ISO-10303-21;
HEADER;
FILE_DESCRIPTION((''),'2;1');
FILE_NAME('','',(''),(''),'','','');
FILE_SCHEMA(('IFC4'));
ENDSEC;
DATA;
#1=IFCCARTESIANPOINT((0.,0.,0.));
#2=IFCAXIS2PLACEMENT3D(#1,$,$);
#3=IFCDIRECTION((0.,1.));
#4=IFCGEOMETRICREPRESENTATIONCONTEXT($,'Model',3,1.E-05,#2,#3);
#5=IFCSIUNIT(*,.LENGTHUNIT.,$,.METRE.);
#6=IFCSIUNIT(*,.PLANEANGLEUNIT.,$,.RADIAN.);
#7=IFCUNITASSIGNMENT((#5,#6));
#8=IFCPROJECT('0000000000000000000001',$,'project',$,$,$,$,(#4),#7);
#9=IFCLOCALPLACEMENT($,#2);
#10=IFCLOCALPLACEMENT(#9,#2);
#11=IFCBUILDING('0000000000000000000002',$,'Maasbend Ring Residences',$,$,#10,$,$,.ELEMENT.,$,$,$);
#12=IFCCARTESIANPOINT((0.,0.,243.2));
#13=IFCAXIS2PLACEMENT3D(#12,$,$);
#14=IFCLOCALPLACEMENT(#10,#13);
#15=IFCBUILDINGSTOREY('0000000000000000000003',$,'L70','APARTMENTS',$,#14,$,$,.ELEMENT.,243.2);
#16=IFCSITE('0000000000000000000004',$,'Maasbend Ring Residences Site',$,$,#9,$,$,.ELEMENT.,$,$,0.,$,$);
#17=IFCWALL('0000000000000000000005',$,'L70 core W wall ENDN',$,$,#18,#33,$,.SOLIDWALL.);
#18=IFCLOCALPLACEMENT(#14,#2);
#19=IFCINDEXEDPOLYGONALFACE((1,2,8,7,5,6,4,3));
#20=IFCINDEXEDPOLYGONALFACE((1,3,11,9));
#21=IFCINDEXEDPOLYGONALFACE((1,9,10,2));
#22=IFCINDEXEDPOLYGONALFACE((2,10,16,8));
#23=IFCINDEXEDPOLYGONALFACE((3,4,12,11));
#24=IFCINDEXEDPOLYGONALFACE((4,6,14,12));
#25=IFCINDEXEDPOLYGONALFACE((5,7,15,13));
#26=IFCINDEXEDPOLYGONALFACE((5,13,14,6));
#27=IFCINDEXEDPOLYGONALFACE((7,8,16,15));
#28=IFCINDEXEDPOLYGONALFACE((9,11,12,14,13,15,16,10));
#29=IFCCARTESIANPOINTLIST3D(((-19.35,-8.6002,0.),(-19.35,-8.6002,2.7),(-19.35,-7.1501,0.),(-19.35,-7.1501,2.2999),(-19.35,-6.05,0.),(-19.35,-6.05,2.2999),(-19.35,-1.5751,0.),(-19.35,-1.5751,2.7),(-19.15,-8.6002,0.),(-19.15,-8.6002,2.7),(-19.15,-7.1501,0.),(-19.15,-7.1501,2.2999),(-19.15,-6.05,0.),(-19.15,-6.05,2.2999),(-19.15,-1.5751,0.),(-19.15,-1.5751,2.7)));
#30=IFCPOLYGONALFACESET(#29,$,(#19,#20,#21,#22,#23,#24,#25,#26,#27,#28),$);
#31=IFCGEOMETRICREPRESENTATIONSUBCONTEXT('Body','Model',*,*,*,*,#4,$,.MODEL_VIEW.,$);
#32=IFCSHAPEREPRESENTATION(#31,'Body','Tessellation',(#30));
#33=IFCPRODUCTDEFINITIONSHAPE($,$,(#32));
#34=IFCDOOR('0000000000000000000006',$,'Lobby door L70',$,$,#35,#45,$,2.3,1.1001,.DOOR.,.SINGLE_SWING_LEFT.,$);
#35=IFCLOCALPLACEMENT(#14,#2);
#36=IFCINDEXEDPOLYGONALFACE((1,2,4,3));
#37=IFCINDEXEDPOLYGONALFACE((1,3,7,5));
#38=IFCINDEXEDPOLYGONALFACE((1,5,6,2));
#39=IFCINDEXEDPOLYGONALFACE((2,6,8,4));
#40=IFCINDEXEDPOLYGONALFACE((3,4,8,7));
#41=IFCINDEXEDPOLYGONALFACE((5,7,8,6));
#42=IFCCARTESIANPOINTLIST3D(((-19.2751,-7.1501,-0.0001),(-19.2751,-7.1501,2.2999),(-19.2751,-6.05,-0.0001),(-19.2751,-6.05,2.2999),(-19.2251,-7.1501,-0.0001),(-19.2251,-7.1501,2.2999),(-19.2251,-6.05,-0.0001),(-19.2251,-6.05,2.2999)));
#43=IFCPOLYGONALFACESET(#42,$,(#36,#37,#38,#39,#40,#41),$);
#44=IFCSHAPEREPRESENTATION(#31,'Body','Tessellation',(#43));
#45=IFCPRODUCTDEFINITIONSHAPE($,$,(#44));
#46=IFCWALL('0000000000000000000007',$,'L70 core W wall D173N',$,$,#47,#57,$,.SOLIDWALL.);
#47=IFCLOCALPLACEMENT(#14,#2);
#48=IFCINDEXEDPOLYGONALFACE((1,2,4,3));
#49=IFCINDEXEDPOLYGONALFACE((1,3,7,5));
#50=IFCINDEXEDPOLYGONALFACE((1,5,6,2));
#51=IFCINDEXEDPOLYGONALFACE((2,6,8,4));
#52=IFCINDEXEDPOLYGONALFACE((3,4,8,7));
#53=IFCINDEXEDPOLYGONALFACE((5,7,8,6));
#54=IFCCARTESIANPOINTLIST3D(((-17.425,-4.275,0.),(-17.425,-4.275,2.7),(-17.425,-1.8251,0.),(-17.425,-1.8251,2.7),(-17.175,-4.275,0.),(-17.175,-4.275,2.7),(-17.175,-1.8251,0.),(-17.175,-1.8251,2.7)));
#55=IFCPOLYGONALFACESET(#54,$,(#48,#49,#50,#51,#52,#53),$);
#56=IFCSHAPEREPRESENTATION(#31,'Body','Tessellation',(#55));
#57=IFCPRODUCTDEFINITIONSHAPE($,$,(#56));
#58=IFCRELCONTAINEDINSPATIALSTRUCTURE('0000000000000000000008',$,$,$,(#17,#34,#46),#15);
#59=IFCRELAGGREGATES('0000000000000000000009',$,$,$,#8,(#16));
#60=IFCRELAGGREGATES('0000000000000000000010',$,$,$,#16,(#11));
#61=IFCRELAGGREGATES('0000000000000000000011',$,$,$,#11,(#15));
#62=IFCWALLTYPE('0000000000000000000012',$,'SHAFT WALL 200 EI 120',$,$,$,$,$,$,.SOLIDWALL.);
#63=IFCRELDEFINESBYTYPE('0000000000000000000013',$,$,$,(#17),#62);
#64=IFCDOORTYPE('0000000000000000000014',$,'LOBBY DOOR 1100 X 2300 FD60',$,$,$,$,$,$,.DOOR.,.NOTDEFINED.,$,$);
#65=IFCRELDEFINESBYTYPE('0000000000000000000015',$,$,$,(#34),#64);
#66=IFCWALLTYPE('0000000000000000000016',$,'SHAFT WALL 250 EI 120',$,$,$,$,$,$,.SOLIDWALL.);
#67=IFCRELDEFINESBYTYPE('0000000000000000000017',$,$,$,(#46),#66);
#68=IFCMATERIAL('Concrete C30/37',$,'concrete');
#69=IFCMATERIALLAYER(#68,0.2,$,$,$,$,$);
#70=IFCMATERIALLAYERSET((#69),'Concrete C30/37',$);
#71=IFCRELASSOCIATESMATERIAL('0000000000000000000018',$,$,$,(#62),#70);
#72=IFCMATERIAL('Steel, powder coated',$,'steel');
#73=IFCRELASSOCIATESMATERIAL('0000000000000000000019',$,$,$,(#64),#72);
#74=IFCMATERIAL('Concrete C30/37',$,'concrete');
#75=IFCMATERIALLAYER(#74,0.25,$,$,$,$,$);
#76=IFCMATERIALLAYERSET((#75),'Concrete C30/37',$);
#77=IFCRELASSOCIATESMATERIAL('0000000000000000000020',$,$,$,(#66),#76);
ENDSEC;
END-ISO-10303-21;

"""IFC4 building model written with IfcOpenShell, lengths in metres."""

from ifc_helpers import new_model, si_unit, direction, frame, frame_2d, origin, place, context, subcontext, project, spatial, rectangle, extrude, material, layer, layer_set, type_object, element, fill, save


model = new_model("IFC4")

# Units and contexts
model_context = context("Model", 3, precision=1e-05, world=origin(), true_north=direction((0.0, 1.0)))
body_context = subcontext(model_context, "Body", "Model", "MODEL_VIEW")
ifc_project = project(units=[si_unit("LENGTHUNIT", "METRE"), si_unit("PLANEANGLEUNIT", "RADIAN")], contexts=[model_context])

# Site, building, storey
site_placement = place(None, origin())
site = spatial("IfcSite", under=ifc_project, at=site_placement, Name="Maasbend Ring Residences Site", CompositionType="ELEMENT", RefElevation=0.0)
building_placement = place(site_placement, origin())
building = spatial("IfcBuilding", under=site, at=building_placement, Name="Maasbend Ring Residences", CompositionType="ELEMENT")
storey_placement = place(building_placement, frame((0.0, 0.0, 243.2)))
storey = spatial("IfcBuildingStorey", under=building, at=storey_placement, Name="L70", Description="APARTMENTS", CompositionType="ELEMENT", Elevation=243.2)

# Wall, opening, door
ifc_material_1 = material(Name="Concrete C30/37", Category="concrete")
ifc_layer_1 = layer(ifc_material_1, 0.2)
ifc_layer_set_1 = layer_set([ifc_layer_1], Name="Concrete C30/37")
wall_type_1 = type_object("IfcWallType", Name="SHAFT WALL 200 EI 120", PredefinedType="SOLIDWALL", material=ifc_layer_set_1)
wall_1_placement = place(storey_placement, frame((-19.25, -1.575, 0.0), z_axis=(0.0, 0.0, 1.0), x_axis=(0.0, -1.0, 0.0)))
wall_1 = element("IfcWall", 1, at=wall_1_placement, inside=storey, type_object=wall_type_1, Name="L70 core W wall ENDN", PredefinedType="SOLIDWALL", context=body_context, shape_type="SweptSolid", body=[
    extrude(rectangle(XDim=7.0251, YDim=0.2, at=frame_2d((3.5127, 0.0))), origin(), (0.0, 0.0, 1.0), 2.7),
])
opening_1_placement = place(wall_1_placement, frame((4.4751, 0.0, 0.0)))
opening_1 = element("IfcOpeningElement", 2, at=opening_1_placement, cuts=wall_1, PredefinedType="OPENING", context=body_context, shape_type="SweptSolid", body=[
    extrude(rectangle(XDim=1.1001, YDim=2.3, at=frame_2d((0.55, 1.1499))), frame((0.0, 0.1099, 0.0), z_axis=(0.0, -1.0, 0.0), x_axis=(1.0, 0.0, 0.0)), (0.0, 0.0, 1.0), 0.22),
])
ifc_material_2 = material(Name="Steel, powder coated", Category="steel")
door_type_1 = type_object("IfcDoorType", Name="LOBBY DOOR 1100 X 2300 FD60", OperationType="NOTDEFINED", PredefinedType="DOOR", material=ifc_material_2)
door_1_placement = place(opening_1_placement, origin())
door_1 = element("IfcDoor", 3, at=door_1_placement, inside=storey, type_object=door_type_1, Name="Lobby door L70", OperationType="SINGLE_SWING_LEFT", OverallHeight=2.3, OverallWidth=1.1001, PredefinedType="DOOR", context=body_context, shape_type="SweptSolid", body=[
    extrude(rectangle(XDim=1.1001, YDim=2.3, at=frame_2d((0.55, 1.1499))), frame((0.0, 0.0249, 0.0), z_axis=(0.0, -1.0, 0.0), x_axis=(1.0, 0.0, 0.0)), (0.0, 0.0, 1.0), 0.05),
])
fill(opening_1, door_1)

# Wall
ifc_material_3 = material(Name="Concrete C30/37", Category="concrete")
ifc_layer_2 = layer(ifc_material_3, 0.25)
ifc_layer_set_2 = layer_set([ifc_layer_2], Name="Concrete C30/37")
wall_type_2 = type_object("IfcWallType", Name="SHAFT WALL 250 EI 120", PredefinedType="SOLIDWALL", material=ifc_layer_set_2)
wall_2_placement = place(storey_placement, frame((-17.3, -1.825, 0.0), z_axis=(0.0, 0.0, 1.0), x_axis=(0.0, -1.0, 0.0)))
element("IfcWall", 4, at=wall_2_placement, inside=storey, type_object=wall_type_2, Name="L70 core W wall D173N", PredefinedType="SOLIDWALL", context=body_context, shape_type="SweptSolid", body=[
    extrude(rectangle(XDim=2.45, YDim=0.25, at=frame_2d((1.2251, 0.0))), origin(), (0.0, 0.0, 1.0), 2.7),
])

save(model, "model.ifc")
